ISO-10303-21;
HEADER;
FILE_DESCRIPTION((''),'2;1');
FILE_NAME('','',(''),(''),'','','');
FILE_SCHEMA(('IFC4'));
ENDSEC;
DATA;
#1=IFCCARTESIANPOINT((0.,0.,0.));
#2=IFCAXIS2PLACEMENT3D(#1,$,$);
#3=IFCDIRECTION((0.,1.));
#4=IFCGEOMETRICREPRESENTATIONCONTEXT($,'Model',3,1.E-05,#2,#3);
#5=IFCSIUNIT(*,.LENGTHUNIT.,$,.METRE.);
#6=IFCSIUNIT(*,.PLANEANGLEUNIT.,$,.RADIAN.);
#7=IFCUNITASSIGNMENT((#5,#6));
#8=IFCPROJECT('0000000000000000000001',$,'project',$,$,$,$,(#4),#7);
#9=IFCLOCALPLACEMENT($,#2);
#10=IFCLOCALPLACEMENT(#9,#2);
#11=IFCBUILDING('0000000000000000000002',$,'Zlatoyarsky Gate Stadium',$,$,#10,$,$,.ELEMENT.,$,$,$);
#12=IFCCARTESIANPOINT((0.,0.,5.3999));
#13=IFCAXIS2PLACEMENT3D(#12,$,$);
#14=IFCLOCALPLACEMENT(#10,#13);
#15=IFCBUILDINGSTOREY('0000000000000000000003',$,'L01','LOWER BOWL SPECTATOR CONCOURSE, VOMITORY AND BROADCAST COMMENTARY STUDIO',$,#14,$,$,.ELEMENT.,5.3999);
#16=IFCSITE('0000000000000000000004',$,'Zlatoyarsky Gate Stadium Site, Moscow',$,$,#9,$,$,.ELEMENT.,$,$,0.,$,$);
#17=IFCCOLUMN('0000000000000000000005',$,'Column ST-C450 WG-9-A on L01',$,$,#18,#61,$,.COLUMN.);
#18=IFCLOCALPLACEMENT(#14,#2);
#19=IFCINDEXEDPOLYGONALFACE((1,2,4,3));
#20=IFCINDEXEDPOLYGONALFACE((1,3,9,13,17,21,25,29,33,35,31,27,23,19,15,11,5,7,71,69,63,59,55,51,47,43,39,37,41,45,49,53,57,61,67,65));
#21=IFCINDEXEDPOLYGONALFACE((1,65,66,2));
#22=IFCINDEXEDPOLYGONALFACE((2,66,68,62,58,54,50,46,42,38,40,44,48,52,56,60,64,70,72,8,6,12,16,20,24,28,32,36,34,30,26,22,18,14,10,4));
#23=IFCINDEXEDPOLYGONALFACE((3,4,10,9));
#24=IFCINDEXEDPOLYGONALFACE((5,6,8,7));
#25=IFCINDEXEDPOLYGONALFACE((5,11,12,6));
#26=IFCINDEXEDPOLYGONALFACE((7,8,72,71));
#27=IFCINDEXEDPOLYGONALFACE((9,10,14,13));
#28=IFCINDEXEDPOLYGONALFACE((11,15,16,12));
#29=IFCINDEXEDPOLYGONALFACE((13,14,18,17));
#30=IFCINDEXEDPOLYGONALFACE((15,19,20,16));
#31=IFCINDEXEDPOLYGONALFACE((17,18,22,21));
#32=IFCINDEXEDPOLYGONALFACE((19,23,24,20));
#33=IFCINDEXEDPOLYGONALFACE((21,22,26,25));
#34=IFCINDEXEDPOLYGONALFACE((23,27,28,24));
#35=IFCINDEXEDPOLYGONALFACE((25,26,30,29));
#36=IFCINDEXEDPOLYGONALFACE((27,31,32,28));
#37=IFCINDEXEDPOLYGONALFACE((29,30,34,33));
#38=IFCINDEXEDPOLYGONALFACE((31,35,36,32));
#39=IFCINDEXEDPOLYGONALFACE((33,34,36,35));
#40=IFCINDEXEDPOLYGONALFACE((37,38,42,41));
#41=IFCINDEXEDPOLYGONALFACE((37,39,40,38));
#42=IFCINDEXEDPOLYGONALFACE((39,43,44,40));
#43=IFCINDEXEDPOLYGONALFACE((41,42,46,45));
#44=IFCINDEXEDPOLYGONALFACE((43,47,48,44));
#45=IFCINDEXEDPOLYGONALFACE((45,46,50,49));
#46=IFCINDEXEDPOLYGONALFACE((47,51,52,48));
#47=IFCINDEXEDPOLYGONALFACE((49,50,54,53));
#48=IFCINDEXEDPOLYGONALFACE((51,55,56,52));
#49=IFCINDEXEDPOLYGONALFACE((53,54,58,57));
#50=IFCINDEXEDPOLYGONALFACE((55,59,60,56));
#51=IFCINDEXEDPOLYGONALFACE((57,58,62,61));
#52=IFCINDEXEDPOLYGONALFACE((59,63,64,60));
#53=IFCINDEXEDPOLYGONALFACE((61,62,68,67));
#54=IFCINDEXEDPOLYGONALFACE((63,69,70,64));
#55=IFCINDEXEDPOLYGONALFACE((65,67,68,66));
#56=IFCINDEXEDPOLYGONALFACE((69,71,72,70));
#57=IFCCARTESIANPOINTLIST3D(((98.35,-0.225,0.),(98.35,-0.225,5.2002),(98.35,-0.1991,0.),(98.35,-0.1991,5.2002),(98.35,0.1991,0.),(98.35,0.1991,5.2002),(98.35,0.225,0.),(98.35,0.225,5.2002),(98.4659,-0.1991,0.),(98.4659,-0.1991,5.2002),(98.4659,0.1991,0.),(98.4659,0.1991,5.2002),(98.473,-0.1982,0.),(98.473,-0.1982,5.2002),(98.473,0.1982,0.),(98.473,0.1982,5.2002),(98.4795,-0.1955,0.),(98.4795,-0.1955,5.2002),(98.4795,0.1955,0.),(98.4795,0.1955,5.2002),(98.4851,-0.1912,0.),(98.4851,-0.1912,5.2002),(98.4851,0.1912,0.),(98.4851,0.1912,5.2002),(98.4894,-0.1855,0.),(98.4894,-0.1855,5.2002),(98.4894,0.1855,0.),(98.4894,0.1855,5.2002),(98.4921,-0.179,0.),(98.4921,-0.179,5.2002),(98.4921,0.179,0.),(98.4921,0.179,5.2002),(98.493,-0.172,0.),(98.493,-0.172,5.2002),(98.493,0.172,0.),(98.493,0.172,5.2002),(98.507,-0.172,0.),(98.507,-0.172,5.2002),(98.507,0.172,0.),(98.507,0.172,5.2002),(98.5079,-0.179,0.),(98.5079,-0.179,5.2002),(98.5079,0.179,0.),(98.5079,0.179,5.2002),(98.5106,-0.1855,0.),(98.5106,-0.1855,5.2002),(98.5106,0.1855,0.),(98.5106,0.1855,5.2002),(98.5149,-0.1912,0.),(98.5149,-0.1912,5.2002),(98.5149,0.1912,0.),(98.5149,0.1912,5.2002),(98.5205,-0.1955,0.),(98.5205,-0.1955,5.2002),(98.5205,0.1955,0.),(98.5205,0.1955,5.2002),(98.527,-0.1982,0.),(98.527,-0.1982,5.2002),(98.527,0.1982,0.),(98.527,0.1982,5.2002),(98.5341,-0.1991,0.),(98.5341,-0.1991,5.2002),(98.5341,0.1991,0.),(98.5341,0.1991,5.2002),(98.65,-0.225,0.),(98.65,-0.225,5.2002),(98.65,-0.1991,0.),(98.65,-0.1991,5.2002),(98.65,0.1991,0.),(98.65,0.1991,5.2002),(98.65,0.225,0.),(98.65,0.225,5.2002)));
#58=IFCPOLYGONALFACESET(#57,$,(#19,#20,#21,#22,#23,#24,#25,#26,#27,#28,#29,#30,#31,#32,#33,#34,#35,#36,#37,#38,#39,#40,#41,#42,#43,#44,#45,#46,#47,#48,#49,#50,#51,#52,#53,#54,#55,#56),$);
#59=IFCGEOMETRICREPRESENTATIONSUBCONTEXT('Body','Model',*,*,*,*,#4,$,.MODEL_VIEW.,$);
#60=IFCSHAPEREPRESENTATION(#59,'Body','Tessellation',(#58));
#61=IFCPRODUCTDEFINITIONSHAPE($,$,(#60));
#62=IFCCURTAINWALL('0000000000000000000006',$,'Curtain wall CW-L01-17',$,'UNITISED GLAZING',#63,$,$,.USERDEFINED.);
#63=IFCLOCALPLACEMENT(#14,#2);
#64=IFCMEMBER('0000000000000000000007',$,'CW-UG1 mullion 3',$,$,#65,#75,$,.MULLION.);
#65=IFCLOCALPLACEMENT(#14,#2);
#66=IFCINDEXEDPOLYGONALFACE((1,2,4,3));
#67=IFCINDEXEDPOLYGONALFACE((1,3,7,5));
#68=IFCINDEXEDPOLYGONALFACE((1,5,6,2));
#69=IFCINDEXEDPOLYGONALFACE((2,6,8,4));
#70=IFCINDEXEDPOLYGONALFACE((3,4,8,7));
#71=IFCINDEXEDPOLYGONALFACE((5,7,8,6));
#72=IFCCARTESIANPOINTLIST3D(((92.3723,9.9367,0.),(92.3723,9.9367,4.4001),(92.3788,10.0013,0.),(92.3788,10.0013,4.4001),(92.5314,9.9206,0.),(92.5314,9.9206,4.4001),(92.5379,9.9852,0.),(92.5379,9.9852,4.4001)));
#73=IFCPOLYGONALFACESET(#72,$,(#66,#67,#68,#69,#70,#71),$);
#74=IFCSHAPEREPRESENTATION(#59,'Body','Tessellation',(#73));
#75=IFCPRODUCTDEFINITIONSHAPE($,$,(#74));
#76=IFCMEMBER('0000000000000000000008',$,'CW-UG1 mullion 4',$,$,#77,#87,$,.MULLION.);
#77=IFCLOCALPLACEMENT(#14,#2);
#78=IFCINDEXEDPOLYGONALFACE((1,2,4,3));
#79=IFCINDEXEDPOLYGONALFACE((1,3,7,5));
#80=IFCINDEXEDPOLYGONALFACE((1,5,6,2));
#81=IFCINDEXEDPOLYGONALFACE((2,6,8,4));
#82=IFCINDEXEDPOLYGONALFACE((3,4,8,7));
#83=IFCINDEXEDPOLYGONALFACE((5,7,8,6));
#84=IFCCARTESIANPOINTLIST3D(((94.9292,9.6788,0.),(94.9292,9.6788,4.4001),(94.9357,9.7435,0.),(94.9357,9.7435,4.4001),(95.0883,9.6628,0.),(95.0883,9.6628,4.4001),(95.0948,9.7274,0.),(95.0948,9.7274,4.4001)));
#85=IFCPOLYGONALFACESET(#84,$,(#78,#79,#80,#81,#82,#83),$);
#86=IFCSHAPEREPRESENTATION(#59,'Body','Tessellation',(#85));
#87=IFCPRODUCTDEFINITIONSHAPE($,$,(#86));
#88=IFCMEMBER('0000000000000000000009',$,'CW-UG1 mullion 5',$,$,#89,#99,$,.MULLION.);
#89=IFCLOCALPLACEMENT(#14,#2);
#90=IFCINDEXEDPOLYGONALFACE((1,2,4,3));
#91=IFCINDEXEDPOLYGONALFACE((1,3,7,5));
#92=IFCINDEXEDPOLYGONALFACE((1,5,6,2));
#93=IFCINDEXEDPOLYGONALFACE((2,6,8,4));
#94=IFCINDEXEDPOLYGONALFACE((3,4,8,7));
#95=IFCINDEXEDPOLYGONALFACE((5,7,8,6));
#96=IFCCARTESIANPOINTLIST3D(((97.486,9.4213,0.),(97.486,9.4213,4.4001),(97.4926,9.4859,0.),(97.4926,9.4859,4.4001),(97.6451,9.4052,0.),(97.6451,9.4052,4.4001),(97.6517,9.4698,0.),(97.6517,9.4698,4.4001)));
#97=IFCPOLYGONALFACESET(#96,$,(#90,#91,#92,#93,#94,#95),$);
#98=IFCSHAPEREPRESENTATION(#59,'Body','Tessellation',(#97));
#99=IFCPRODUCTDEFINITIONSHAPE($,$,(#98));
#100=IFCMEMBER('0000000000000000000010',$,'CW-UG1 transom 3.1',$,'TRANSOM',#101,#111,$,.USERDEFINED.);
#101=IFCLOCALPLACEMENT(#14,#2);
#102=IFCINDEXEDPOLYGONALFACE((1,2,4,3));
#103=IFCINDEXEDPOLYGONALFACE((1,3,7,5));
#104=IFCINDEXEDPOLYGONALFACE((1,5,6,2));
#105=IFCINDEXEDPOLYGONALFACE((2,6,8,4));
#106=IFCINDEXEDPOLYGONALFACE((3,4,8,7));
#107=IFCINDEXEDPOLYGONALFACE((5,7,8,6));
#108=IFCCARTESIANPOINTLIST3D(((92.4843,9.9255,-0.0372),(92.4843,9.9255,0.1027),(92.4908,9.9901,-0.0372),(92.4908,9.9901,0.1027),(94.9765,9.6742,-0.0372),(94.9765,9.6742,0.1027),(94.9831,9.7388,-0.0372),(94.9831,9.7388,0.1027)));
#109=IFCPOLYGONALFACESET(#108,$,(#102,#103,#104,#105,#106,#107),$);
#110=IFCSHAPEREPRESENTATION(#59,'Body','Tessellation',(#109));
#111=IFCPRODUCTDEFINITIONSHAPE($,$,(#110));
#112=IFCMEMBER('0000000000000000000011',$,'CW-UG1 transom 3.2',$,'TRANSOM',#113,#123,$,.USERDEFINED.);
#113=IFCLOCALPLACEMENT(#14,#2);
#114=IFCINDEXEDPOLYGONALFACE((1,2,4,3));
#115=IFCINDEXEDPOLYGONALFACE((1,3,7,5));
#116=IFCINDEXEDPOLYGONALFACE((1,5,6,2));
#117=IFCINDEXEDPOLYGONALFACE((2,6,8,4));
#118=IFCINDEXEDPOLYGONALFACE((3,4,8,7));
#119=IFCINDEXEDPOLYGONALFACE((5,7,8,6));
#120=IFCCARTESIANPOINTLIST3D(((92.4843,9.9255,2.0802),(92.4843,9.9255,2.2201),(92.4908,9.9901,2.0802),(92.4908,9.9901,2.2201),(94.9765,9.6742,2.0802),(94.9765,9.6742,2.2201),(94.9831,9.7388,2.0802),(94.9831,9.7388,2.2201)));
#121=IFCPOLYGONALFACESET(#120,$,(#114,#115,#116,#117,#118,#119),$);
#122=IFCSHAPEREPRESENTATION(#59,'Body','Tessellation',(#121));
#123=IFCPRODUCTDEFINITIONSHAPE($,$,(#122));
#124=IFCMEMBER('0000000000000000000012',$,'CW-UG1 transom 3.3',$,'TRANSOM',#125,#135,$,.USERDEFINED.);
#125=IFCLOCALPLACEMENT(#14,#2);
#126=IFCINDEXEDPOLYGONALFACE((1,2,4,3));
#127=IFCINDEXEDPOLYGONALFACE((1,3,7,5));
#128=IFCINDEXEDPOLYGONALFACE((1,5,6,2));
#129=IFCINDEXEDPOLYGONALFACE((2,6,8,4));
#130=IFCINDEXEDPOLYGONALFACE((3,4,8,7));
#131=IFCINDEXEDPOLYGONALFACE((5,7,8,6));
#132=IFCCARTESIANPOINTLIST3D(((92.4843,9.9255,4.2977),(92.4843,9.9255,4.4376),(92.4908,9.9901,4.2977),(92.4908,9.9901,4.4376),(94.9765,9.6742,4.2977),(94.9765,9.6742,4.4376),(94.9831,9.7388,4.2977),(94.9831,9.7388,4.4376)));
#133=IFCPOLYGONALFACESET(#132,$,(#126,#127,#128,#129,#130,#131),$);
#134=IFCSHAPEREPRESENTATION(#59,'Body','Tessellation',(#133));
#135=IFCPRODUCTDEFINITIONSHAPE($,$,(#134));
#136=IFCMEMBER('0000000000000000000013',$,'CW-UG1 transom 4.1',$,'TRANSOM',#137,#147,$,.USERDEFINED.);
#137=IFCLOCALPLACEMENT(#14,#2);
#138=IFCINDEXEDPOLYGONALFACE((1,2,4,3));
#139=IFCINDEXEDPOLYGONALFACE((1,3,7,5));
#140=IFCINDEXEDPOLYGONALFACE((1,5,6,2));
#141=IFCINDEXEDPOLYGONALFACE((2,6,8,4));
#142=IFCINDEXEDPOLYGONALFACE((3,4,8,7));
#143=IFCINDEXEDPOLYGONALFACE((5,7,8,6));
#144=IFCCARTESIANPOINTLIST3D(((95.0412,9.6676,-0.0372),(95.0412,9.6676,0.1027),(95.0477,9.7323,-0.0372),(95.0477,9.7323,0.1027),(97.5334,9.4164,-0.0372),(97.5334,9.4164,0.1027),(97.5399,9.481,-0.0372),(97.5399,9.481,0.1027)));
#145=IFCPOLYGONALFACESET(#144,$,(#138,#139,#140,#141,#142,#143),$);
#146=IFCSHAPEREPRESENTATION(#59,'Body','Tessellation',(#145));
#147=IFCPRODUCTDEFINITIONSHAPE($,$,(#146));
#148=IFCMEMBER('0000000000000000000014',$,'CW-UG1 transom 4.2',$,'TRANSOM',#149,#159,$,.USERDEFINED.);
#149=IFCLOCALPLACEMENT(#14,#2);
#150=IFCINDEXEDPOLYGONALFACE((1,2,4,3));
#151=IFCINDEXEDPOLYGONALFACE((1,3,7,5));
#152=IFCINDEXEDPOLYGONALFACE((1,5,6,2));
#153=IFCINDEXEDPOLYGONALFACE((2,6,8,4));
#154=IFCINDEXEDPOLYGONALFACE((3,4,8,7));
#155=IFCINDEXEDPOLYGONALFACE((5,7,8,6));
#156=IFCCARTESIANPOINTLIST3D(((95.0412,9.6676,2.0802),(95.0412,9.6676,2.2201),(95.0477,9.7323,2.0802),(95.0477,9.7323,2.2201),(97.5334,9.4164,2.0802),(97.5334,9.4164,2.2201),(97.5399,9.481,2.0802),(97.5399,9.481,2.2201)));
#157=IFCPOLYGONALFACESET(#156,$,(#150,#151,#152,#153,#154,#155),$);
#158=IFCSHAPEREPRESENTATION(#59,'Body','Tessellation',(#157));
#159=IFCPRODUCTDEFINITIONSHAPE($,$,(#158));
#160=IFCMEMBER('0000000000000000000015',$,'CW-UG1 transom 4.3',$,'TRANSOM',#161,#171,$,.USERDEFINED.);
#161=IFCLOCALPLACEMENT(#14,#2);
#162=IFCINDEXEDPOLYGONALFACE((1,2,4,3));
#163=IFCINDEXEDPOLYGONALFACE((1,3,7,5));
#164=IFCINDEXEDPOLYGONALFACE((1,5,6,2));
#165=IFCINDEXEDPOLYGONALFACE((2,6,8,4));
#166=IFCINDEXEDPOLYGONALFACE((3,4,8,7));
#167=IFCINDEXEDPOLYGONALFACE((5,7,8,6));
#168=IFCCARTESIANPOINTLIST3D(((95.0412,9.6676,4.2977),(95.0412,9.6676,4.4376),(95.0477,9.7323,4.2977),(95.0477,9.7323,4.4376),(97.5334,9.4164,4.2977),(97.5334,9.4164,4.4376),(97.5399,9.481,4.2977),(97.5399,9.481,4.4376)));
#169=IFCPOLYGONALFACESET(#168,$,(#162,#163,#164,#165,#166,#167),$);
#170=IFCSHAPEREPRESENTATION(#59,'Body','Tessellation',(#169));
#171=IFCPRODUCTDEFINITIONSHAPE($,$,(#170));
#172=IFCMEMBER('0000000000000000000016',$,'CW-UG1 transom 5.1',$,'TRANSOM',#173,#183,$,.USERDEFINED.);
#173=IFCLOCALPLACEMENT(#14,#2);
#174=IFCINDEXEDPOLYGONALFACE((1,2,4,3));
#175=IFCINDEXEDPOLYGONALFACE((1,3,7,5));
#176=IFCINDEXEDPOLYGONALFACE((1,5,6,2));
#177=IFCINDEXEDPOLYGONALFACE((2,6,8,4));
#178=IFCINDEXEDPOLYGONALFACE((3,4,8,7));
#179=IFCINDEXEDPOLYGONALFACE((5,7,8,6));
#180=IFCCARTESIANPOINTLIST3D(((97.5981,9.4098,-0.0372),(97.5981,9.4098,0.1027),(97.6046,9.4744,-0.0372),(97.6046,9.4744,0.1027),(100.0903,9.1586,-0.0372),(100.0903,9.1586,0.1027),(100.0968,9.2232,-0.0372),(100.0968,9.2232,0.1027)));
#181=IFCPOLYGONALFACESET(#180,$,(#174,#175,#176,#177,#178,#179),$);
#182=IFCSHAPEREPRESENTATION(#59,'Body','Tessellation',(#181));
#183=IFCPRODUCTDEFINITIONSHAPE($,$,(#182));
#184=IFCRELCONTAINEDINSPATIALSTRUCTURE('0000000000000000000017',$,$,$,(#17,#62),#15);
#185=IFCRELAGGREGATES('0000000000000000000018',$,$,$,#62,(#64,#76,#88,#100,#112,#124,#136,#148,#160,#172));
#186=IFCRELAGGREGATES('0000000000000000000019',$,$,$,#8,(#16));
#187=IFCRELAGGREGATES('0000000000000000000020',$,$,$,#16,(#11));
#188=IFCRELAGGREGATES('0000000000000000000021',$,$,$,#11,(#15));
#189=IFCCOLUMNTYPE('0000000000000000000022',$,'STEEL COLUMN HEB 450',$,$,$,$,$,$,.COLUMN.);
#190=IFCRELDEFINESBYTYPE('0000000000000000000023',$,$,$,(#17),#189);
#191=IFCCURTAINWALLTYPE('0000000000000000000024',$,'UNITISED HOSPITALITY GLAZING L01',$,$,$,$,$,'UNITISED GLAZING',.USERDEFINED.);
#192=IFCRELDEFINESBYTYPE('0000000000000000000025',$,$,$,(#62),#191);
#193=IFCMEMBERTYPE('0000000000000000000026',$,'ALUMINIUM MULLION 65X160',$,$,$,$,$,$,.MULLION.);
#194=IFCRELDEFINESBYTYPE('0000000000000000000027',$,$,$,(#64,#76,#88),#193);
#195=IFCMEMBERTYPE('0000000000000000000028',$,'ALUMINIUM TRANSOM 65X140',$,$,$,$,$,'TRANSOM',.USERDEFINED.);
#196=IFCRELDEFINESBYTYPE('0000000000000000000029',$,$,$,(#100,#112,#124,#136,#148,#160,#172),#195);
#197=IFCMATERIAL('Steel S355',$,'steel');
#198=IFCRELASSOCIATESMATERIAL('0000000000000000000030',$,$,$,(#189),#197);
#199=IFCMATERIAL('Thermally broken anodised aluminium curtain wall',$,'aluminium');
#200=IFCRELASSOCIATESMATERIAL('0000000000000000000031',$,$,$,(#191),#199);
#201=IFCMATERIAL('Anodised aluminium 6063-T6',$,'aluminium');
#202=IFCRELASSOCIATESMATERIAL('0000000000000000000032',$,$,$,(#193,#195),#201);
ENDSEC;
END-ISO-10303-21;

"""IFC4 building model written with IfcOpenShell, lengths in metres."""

from ifc_helpers import new_model, si_unit, direction, frame, origin, origin_2d, place, context, subcontext, project, spatial, rectangle, i_section, extrude, material, material_profile, profile_set, type_object, element, aggregate, save


model = new_model("IFC4")

# Units and contexts
model_context = context("Model", 3, precision=1e-05, world=origin(), true_north=direction((0.0, 1.0)))
body_context = subcontext(model_context, "Body", "Model", "MODEL_VIEW")
ifc_project = project(units=[si_unit("LENGTHUNIT", "METRE"), si_unit("PLANEANGLEUNIT", "RADIAN")], contexts=[model_context])

# Site, building, storey
site_placement = place(None, origin())
site = spatial("IfcSite", under=ifc_project, at=site_placement, Name="Zlatoyarsky Gate Stadium Site, Moscow", CompositionType="ELEMENT", RefElevation=0.0)
building_placement = place(site_placement, origin())
building = spatial("IfcBuilding", under=site, at=building_placement, Name="Zlatoyarsky Gate Stadium", CompositionType="ELEMENT")
storey_placement = place(building_placement, frame((0.0, 0.0, 5.3999)))
storey = spatial("IfcBuildingStorey", under=building, at=storey_placement, Name="L01", Description="LOWER BOWL SPECTATOR CONCOURSE, VOMITORY AND BROADCAST COMMENTARY STUDIO", CompositionType="ELEMENT", Elevation=5.3999)

# Column
ifc_material_1 = material(Name="Steel S355", Category="steel")
ifc_material_profile_1 = material_profile(ifc_material_1, i_section(OverallWidth=0.3, OverallDepth=0.45, WebThickness=0.0139, FlangeThickness=0.0259, FilletRadius=0.0271, at=origin_2d()), Name="HEB 450")
ifc_profile_set_1 = profile_set([ifc_material_profile_1], Name="Steel S355")
column_type = type_object("IfcColumnType", Name="STEEL COLUMN HEB 450", PredefinedType="COLUMN", material=ifc_profile_set_1)
column_placement = place(storey_placement, frame((98.5, 0.0, 0.0), z_axis=(0.0, 0.0, 1.0), x_axis=(1.0, 0.0, 0.0)))
element("IfcColumn", 1, at=column_placement, inside=storey, type_object=column_type, Name="Column ST-C450 WG-9-A on L01", PredefinedType="COLUMN", context=body_context, shape_type="SweptSolid", body=[
    extrude(i_section(OverallWidth=0.3, OverallDepth=0.45, WebThickness=0.0139, FlangeThickness=0.0259, FilletRadius=0.0271, at=origin_2d()), origin(), (0.0, 0.0, 1.0), 5.2002),
])

# Curtain wall, members
ifc_material_2 = material(Name="Thermally broken anodised aluminium curtain wall", Category="aluminium")
curtain_wall_type = type_object("IfcCurtainWallType", Name="UNITISED HOSPITALITY GLAZING L01", ElementType="UNITISED GLAZING", PredefinedType="USERDEFINED", material=ifc_material_2)
curtain_wall_placement = place(storey_placement, origin())
curtain_wall = element("IfcCurtainWall", 2, at=curtain_wall_placement, inside=storey, type_object=curtain_wall_type, Name="Curtain wall CW-L01-17", ObjectType="UNITISED GLAZING", PredefinedType="USERDEFINED")
ifc_material_3 = material(Name="Anodised aluminium 6063-T6", Category="aluminium")
ifc_material_profile_2 = material_profile(ifc_material_3, rectangle(XDim=0.0649, YDim=0.1599, at=origin_2d()), Name="ALU 65X160")
ifc_profile_set_2 = profile_set([ifc_material_profile_2], Name="Anodised aluminium 6063-T6")
member_type_1 = type_object("IfcMemberType", Name="ALUMINIUM MULLION 65X160", PredefinedType="MULLION", material=ifc_profile_set_2)
member_1_placement = place(storey_placement, frame((92.4551, 9.9609, 0.0), z_axis=(0.0, 0.0, 1.0), x_axis=(0.1003, 0.994957, 0.0)))
member_1 = element("IfcMember", 3, at=member_1_placement, type_object=member_type_1, Name="CW-UG1 mullion 3", PredefinedType="MULLION", context=body_context, shape_type="SweptSolid", body=[
    extrude(rectangle(XDim=0.0649, YDim=0.1599, at=origin_2d()), origin(), (0.0, 0.0, 1.0), 4.4001),
])
member_2_placement = place(storey_placement, frame((95.012, 9.7031, 0.0), z_axis=(0.0, 0.0, 1.0), x_axis=(0.1003, 0.994957, 0.0)))
member_2 = element("IfcMember", 4, at=member_2_placement, type_object=member_type_1, Name="CW-UG1 mullion 4", PredefinedType="MULLION", context=body_context, shape_type="SweptSolid", body=[
    extrude(rectangle(XDim=0.0649, YDim=0.1599, at=origin_2d()), origin(), (0.0, 0.0, 1.0), 4.4001),
])
member_3_placement = place(storey_placement, frame((97.5688, 9.4456, 0.0), z_axis=(0.0, 0.0, 1.0), x_axis=(0.1003, 0.994957, 0.0)))
member_3 = element("IfcMember", 5, at=member_3_placement, type_object=member_type_1, Name="CW-UG1 mullion 5", PredefinedType="MULLION", context=body_context, shape_type="SweptSolid", body=[
    extrude(rectangle(XDim=0.0649, YDim=0.1599, at=origin_2d()), origin(), (0.0, 0.0, 1.0), 4.4001),
])
ifc_material_profile_3 = material_profile(ifc_material_3, rectangle(XDim=0.0649, YDim=0.1399, at=origin_2d()), Name="ALU 65X140")
ifc_profile_set_3 = profile_set([ifc_material_profile_3], Name="Anodised aluminium 6063-T6")
member_type_2 = type_object("IfcMemberType", Name="ALUMINIUM TRANSOM 65X140", ElementType="TRANSOM", PredefinedType="USERDEFINED", material=ifc_profile_set_3)
member_4_placement = place(storey_placement, frame((92.4875, 9.9578, 0.0327), z_axis=(0.994958, -0.100295, 0.0), x_axis=(0.100295, 0.994958, 0.0)))
member_4 = element("IfcMember", 6, at=member_4_placement, type_object=member_type_2, Name="CW-UG1 transom 3.1", ObjectType="TRANSOM", PredefinedType="USERDEFINED", context=body_context, shape_type="SweptSolid", body=[
    extrude(rectangle(XDim=0.0649, YDim=0.1399, at=origin_2d()), origin(), (0.0, 0.0, 1.0), 2.5049),
])
member_5_placement = place(storey_placement, frame((92.4875, 9.9578, 2.1501), z_axis=(0.994958, -0.100295, 0.0), x_axis=(0.100295, 0.994958, 0.0)))
member_5 = element("IfcMember", 7, at=member_5_placement, type_object=member_type_2, Name="CW-UG1 transom 3.2", ObjectType="TRANSOM", PredefinedType="USERDEFINED", context=body_context, shape_type="SweptSolid", body=[
    extrude(rectangle(XDim=0.0649, YDim=0.1399, at=origin_2d()), origin(), (0.0, 0.0, 1.0), 2.5049),
])
member_6_placement = place(storey_placement, frame((92.4875, 9.9578, 4.3677), z_axis=(0.994958, -0.100295, 0.0), x_axis=(0.100295, 0.994958, 0.0)))
member_6 = element("IfcMember", 8, at=member_6_placement, type_object=member_type_2, Name="CW-UG1 transom 3.3", ObjectType="TRANSOM", PredefinedType="USERDEFINED", context=body_context, shape_type="SweptSolid", body=[
    extrude(rectangle(XDim=0.0649, YDim=0.1399, at=origin_2d()), origin(), (0.0, 0.0, 1.0), 2.5049),
])
member_7_placement = place(storey_placement, frame((95.0444, 9.7, 0.0327), z_axis=(0.994958, -0.100295, 0.0), x_axis=(0.100295, 0.994958, 0.0)))
member_7 = element("IfcMember", 9, at=member_7_placement, type_object=member_type_2, Name="CW-UG1 transom 4.1", ObjectType="TRANSOM", PredefinedType="USERDEFINED", context=body_context, shape_type="SweptSolid", body=[
    extrude(rectangle(XDim=0.0649, YDim=0.1399, at=origin_2d()), origin(), (0.0, 0.0, 1.0), 2.5049),
])
member_8_placement = place(storey_placement, frame((95.0444, 9.7, 2.1501), z_axis=(0.994958, -0.100295, 0.0), x_axis=(0.100295, 0.994958, 0.0)))
member_8 = element("IfcMember", 10, at=member_8_placement, type_object=member_type_2, Name="CW-UG1 transom 4.2", ObjectType="TRANSOM", PredefinedType="USERDEFINED", context=body_context, shape_type="SweptSolid", body=[
    extrude(rectangle(XDim=0.0649, YDim=0.1399, at=origin_2d()), origin(), (0.0, 0.0, 1.0), 2.5049),
])
member_9_placement = place(storey_placement, frame((95.0444, 9.7, 4.3677), z_axis=(0.994958, -0.100295, 0.0), x_axis=(0.100295, 0.994958, 0.0)))
member_9 = element("IfcMember", 11, at=member_9_placement, type_object=member_type_2, Name="CW-UG1 transom 4.3", ObjectType="TRANSOM", PredefinedType="USERDEFINED", context=body_context, shape_type="SweptSolid", body=[
    extrude(rectangle(XDim=0.0649, YDim=0.1399, at=origin_2d()), origin(), (0.0, 0.0, 1.0), 2.5049),
])
member_10_placement = place(storey_placement, frame((97.6013, 9.4421, 0.0327), z_axis=(0.994958, -0.100295, 0.0), x_axis=(0.100295, 0.994958, 0.0)))
member_10 = element("IfcMember", 12, at=member_10_placement, type_object=member_type_2, Name="CW-UG1 transom 5.1", ObjectType="TRANSOM", PredefinedType="USERDEFINED", context=body_context, shape_type="SweptSolid", body=[
    extrude(rectangle(XDim=0.0649, YDim=0.1399, at=origin_2d()), origin(), (0.0, 0.0, 1.0), 2.5049),
])

aggregate(curtain_wall, [member_1, member_2, member_3, member_4, member_5, member_6, member_7, member_8, member_9, member_10])

save(model, "model.ifc")
